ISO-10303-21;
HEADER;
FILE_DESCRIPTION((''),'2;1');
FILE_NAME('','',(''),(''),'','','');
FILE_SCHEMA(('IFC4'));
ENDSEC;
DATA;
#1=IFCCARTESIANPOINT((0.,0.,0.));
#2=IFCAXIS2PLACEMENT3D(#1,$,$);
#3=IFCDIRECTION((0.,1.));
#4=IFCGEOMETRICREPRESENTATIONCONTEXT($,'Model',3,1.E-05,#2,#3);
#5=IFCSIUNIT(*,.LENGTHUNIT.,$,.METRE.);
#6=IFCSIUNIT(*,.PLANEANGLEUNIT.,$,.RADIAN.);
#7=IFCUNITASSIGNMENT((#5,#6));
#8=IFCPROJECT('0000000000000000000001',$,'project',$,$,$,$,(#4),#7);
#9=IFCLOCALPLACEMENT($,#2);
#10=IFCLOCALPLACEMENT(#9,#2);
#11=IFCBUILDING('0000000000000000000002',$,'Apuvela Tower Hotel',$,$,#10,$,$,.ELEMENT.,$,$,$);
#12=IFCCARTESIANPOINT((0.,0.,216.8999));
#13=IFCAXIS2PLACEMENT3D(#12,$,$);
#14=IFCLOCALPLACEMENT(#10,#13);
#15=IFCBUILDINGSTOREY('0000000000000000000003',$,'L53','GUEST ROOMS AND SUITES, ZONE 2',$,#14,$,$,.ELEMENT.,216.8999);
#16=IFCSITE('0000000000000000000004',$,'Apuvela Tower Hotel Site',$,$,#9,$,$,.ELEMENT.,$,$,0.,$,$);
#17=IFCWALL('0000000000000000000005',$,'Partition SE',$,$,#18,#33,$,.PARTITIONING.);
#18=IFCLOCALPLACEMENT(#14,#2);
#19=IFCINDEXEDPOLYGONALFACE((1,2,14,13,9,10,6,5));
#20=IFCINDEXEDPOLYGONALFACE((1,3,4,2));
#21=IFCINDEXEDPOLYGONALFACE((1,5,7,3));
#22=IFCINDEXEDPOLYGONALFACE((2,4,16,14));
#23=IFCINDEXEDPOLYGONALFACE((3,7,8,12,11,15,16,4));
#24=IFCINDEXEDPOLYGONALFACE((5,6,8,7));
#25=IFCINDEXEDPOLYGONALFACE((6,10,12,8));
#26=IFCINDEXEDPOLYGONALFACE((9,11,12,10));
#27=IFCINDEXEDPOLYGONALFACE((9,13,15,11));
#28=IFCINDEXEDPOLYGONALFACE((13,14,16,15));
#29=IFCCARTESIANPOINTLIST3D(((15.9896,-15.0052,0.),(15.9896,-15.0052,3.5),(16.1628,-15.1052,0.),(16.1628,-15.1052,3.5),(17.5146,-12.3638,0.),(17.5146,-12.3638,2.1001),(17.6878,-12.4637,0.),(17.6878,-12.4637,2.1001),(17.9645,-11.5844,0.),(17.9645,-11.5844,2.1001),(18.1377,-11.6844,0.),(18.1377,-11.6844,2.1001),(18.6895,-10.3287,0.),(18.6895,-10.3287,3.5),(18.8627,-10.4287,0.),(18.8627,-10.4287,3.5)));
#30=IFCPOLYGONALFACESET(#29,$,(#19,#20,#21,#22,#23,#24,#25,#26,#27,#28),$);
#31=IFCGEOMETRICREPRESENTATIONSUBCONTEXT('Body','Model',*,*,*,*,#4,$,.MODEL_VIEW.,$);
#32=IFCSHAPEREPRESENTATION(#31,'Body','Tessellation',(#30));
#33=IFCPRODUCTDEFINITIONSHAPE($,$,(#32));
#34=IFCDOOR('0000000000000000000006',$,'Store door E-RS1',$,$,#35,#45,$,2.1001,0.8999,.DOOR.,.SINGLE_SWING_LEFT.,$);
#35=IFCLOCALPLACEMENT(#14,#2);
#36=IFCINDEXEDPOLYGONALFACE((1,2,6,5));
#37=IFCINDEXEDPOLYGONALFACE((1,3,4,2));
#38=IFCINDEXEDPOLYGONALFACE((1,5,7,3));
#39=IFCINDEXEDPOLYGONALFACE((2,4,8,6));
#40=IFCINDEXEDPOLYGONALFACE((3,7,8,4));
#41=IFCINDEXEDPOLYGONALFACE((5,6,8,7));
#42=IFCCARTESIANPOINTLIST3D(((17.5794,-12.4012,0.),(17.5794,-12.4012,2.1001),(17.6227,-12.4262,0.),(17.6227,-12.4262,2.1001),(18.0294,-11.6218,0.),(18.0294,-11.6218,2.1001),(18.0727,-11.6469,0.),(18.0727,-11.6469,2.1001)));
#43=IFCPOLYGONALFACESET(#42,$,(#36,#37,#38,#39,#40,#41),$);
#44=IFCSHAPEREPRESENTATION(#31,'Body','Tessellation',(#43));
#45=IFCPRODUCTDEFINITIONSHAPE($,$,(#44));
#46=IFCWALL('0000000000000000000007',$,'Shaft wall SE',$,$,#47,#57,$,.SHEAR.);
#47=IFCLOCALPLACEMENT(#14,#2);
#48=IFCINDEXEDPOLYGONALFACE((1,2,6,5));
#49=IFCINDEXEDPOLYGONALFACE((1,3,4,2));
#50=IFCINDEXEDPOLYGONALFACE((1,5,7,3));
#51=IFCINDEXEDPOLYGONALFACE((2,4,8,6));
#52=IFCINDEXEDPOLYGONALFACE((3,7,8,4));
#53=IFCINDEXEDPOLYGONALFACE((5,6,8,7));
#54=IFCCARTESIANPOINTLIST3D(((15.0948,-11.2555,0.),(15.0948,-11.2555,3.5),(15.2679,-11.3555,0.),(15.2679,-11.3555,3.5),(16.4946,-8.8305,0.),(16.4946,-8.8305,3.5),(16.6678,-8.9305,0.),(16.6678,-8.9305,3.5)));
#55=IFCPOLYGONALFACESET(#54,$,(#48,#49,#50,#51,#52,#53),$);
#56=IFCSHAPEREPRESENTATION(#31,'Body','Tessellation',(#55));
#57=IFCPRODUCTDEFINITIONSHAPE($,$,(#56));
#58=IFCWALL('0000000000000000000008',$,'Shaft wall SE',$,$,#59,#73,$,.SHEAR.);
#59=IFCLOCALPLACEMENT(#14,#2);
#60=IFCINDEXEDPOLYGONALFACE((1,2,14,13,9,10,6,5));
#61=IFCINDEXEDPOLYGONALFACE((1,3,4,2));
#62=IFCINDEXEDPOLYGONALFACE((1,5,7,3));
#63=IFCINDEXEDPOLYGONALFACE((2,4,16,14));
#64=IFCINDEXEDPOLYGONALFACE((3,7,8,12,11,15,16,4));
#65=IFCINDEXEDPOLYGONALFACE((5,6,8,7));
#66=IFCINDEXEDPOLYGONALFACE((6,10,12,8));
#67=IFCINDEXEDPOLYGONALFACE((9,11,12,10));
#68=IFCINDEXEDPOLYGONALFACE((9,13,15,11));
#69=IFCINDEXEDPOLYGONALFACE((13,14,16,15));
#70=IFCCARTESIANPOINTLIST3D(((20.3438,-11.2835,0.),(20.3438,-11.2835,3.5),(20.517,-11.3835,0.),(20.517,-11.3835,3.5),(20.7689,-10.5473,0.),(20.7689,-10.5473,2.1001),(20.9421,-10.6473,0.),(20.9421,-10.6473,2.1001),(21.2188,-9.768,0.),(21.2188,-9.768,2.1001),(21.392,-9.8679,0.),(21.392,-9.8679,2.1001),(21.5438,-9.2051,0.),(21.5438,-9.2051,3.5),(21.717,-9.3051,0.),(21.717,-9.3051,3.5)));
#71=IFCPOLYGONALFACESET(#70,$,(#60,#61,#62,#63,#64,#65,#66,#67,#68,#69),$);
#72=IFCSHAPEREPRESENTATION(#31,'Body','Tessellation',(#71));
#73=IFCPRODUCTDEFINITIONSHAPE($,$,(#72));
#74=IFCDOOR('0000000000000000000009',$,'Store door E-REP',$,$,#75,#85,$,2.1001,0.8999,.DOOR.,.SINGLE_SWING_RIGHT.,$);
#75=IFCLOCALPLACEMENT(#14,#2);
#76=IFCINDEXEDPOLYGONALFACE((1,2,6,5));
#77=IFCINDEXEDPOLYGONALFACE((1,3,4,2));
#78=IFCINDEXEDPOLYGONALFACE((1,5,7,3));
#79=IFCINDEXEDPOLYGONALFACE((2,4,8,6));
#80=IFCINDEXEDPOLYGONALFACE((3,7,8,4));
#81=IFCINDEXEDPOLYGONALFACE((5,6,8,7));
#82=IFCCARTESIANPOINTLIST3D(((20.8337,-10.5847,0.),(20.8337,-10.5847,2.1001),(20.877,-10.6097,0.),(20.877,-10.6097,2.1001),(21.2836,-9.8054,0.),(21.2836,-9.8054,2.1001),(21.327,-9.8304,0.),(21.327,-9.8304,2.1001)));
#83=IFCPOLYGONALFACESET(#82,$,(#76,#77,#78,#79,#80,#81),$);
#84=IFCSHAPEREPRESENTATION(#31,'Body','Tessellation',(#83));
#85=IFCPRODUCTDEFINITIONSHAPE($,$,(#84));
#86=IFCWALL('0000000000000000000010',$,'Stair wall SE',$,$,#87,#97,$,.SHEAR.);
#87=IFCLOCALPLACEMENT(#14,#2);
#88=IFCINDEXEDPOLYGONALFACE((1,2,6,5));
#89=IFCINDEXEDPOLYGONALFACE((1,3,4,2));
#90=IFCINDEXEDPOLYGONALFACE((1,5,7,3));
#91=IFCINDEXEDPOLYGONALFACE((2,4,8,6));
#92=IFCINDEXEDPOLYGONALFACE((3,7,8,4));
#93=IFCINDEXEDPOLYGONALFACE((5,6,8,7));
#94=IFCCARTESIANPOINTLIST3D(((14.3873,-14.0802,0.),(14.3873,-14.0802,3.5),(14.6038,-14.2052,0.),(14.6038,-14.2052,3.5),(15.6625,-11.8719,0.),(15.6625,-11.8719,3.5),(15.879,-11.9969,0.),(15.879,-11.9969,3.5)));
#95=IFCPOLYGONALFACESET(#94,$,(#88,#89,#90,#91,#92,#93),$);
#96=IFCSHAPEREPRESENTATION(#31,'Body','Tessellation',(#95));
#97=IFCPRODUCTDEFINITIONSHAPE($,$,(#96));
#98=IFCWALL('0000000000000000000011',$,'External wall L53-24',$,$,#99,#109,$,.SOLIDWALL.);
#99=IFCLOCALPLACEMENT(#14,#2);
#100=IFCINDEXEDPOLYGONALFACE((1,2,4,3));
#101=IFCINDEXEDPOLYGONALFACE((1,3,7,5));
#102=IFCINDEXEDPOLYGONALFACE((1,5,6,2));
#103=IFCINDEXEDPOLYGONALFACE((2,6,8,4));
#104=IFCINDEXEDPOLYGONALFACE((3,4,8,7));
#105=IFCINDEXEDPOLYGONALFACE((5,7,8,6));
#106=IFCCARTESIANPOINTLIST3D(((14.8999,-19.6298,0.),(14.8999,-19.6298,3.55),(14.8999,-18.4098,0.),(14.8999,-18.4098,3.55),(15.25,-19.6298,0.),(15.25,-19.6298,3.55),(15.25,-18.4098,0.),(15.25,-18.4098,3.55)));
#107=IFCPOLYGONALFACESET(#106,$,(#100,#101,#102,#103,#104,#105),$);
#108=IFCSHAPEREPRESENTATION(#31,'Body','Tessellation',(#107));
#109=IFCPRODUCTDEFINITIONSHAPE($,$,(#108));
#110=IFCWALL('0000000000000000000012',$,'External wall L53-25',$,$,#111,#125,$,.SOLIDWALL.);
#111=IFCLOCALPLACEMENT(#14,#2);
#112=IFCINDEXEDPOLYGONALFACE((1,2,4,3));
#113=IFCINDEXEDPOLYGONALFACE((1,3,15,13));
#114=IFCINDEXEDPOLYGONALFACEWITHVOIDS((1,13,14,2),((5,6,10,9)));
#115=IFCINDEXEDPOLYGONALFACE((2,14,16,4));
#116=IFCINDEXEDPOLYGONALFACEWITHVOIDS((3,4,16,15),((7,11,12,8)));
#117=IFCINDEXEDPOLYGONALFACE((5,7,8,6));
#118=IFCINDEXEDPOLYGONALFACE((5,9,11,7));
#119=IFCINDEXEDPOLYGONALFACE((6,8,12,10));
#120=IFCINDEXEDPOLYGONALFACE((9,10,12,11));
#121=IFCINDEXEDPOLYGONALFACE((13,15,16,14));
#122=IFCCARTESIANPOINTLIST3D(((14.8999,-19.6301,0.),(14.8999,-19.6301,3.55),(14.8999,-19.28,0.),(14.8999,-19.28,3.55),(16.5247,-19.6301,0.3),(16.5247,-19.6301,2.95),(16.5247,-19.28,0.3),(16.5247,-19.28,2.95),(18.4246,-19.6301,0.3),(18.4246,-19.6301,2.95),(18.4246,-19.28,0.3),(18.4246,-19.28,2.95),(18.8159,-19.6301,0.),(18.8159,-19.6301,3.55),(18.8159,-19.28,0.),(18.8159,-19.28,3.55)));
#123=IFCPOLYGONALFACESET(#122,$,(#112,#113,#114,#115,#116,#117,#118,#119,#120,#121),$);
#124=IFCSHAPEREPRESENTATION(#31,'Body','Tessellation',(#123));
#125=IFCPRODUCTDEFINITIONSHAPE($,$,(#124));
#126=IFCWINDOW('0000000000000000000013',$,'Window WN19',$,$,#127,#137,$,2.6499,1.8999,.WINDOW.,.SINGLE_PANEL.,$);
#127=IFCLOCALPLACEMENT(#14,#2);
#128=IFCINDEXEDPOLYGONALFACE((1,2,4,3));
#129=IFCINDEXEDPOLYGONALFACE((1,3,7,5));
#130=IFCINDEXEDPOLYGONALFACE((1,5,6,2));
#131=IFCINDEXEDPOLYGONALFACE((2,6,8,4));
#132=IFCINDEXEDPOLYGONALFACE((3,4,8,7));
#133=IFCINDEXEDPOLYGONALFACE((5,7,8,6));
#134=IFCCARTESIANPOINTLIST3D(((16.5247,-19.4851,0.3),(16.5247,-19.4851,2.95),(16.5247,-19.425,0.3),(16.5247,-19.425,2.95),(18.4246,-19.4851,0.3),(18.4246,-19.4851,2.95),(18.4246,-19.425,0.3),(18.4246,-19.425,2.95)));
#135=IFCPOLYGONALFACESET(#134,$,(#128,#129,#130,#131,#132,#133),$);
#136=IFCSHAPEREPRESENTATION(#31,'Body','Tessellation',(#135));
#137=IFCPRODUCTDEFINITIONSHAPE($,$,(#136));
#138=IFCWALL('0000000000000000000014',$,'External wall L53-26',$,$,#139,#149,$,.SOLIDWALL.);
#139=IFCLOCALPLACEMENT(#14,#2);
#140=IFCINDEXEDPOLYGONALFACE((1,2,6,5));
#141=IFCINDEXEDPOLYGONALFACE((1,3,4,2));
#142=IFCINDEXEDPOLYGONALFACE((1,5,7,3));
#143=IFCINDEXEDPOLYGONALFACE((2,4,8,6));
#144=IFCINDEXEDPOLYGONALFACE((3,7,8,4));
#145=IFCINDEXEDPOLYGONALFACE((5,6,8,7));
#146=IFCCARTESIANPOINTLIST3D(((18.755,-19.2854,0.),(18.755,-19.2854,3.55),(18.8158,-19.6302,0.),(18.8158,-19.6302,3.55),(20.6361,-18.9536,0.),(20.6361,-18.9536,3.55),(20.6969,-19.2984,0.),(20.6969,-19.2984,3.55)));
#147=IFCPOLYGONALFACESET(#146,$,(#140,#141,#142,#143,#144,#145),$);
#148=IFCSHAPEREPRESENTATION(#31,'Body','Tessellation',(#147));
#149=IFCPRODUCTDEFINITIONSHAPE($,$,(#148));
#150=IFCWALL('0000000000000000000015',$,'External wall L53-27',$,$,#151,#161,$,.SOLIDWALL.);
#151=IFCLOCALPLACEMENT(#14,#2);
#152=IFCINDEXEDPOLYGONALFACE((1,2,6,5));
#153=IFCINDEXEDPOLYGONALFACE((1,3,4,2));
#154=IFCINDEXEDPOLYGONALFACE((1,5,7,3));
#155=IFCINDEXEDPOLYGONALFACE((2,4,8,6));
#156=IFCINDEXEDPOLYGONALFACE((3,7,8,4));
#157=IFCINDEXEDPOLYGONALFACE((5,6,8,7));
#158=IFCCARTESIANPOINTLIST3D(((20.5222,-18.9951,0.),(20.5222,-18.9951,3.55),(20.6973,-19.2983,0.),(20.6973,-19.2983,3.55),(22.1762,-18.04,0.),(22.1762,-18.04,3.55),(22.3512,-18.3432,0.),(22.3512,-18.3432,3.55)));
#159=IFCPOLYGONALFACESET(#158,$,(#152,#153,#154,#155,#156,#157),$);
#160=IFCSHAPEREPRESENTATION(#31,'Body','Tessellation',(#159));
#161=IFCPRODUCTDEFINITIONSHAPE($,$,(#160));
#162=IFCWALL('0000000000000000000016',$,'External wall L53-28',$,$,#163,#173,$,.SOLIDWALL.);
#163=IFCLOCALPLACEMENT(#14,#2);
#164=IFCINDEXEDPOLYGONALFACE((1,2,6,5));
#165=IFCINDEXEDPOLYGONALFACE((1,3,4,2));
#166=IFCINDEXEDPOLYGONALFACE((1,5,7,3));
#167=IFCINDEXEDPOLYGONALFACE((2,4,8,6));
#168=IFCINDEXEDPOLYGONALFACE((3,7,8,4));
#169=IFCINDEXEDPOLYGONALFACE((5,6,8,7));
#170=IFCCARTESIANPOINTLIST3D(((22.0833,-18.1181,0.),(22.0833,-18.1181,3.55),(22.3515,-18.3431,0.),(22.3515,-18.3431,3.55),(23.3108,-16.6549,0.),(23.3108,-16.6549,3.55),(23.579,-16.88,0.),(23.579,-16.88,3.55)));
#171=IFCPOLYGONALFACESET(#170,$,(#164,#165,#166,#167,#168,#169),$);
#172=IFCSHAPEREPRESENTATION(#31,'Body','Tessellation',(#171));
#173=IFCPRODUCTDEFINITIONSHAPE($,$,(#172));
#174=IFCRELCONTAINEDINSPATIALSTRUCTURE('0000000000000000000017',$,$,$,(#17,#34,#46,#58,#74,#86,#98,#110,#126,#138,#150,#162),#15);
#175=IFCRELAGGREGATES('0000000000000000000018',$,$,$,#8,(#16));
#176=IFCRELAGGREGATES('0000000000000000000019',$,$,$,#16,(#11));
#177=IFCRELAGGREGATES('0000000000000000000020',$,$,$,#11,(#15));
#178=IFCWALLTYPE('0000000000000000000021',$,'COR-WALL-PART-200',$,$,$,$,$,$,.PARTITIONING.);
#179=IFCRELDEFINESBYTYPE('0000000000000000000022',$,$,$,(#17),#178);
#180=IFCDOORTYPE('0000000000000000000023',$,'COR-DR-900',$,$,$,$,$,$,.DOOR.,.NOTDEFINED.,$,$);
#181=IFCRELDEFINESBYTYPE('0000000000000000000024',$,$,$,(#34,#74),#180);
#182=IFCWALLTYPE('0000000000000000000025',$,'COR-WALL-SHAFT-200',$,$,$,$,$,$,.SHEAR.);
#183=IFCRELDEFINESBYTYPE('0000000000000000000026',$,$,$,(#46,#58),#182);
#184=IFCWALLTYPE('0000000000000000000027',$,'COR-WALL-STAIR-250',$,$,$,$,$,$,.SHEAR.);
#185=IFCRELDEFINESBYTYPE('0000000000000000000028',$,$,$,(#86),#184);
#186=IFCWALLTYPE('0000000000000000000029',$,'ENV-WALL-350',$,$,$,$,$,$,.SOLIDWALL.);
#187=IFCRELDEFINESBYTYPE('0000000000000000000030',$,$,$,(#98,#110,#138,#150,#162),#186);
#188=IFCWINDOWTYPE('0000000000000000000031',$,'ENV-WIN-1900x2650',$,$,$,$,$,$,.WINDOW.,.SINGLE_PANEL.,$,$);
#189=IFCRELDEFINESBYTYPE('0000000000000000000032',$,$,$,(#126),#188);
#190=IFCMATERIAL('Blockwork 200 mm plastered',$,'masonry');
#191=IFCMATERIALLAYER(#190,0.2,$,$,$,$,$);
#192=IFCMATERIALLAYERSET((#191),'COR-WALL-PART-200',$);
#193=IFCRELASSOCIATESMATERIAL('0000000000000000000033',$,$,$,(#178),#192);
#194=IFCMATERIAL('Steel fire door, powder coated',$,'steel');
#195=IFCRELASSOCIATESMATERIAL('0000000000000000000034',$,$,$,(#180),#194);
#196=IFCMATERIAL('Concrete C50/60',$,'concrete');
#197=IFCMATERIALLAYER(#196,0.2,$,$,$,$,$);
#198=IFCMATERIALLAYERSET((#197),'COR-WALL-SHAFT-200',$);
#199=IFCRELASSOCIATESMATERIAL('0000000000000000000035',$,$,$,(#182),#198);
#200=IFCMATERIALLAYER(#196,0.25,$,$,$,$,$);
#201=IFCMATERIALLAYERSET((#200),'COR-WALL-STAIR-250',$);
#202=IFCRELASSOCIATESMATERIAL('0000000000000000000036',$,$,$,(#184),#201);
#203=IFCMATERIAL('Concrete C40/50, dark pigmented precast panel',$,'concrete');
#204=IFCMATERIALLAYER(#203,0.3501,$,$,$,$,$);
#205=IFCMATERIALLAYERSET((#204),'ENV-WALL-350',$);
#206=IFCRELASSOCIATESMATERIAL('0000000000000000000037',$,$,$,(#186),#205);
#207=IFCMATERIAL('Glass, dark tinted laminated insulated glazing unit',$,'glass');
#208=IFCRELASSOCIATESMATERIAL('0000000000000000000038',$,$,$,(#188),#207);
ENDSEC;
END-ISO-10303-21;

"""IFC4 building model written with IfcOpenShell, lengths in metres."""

from ifc_helpers import new_model, si_unit, direction, frame, frame_2d, origin, place, context, subcontext, project, spatial, rectangle, extrude, material, layer, layer_set, type_object, element, fill, save


model = new_model("IFC4")

# Units and contexts
model_context = context("Model", 3, precision=1e-05, world=origin(), true_north=direction((0.0, 1.0)))
body_context = subcontext(model_context, "Body", "Model", "MODEL_VIEW")
ifc_project = project(units=[si_unit("LENGTHUNIT", "METRE"), si_unit("PLANEANGLEUNIT", "RADIAN")], contexts=[model_context])

# Site, building, storey
site_placement = place(None, origin())
site = spatial("IfcSite", under=ifc_project, at=site_placement, Name="Apuvela Tower Hotel Site", CompositionType="ELEMENT", RefElevation=0.0)
building_placement = place(site_placement, origin())
building = spatial("IfcBuilding", under=site, at=building_placement, Name="Apuvela Tower Hotel", CompositionType="ELEMENT")
storey_placement = place(building_placement, frame((0.0, 0.0, 216.8999)))
storey = spatial("IfcBuildingStorey", under=building, at=storey_placement, Name="L53", Description="GUEST ROOMS AND SUITES, ZONE 2", CompositionType="ELEMENT", Elevation=216.8999)

# Wall, opening, door
ifc_material_1 = material(Name="Blockwork 200 mm plastered", Category="masonry")
ifc_layer_1 = layer(ifc_material_1, 0.2)
ifc_layer_set_1 = layer_set([ifc_layer_1], Name="COR-WALL-PART-200")
wall_type_1 = type_object("IfcWallType", Name="COR-WALL-PART-200", PredefinedType="PARTITIONING", material=ifc_layer_set_1)
wall_1_placement = place(storey_placement, frame((16.0762, -15.0552, 0.0), z_axis=(0.0, 0.0, 1.0), x_axis=(0.499995, 0.866028, 0.0)))
wall_1 = element("IfcWall", 1, at=wall_1_placement, inside=storey, type_object=wall_type_1, Name="Partition SE", PredefinedType="PARTITIONING", context=body_context, shape_type="SweptSolid", body=[
    extrude(rectangle(XDim=5.3999, YDim=0.2, at=frame_2d((2.7, 0.0))), origin(), (0.0, 0.0, 1.0), 3.5),
])
opening_1_placement = place(wall_1_placement, frame((3.05, 0.0, 0.0)))
opening_1 = element("IfcOpeningElement", 2, at=opening_1_placement, cuts=wall_1, PredefinedType="OPENING", context=body_context, shape_type="SweptSolid", body=[
    extrude(rectangle(XDim=0.8999, YDim=2.1001, at=frame_2d((0.45, 1.05))), frame((0.0, 0.1099, 0.0), z_axis=(0.0, -1.0, 0.0), x_axis=(1.0, 0.0, 0.0)), (0.0, 0.0, 1.0), 0.22),
])
ifc_material_2 = material(Name="Steel fire door, powder coated", Category="steel")
door_type_1 = type_object("IfcDoorType", Name="COR-DR-900", OperationType="NOTDEFINED", PredefinedType="DOOR", material=ifc_material_2)
door_1_placement = place(opening_1_placement, frame((0.8999, 0.0, 0.0), z_axis=(0.0, 0.0, 1.0), x_axis=(-1.0, 0.0, 0.0)))
door_1 = element("IfcDoor", 3, at=door_1_placement, inside=storey, type_object=door_type_1, Name="Store door E-RS1", OperationType="SINGLE_SWING_LEFT", OverallHeight=2.1001, OverallWidth=0.8999, PredefinedType="DOOR", context=body_context, shape_type="SweptSolid", body=[
    extrude(rectangle(XDim=0.8999, YDim=2.1001, at=frame_2d((0.45, 1.05))), frame((0.0, 0.0249, 0.0), z_axis=(0.0, -1.0, 0.0), x_axis=(1.0, 0.0, 0.0)), (0.0, 0.0, 1.0), 0.05),
])
fill(opening_1, door_1)

# Wall
ifc_material_3 = material(Name="Concrete C50/60", Category="concrete")
ifc_layer_2 = layer(ifc_material_3, 0.2)
ifc_layer_set_2 = layer_set([ifc_layer_2], Name="COR-WALL-SHAFT-200")
wall_type_2 = type_object("IfcWallType", Name="COR-WALL-SHAFT-200", PredefinedType="SHEAR", material=ifc_layer_set_2)
wall_2_placement = place(storey_placement, frame((15.1814, -11.3054, 0.0), z_axis=(0.0, 0.0, 1.0), x_axis=(0.499946, 0.866056, 0.0)))
element("IfcWall", 4, at=wall_2_placement, inside=storey, type_object=wall_type_2, Name="Shaft wall SE", PredefinedType="SHEAR", context=body_context, shape_type="SweptSolid", body=[
    extrude(rectangle(XDim=2.8, YDim=0.2, at=frame_2d((1.3999, 0.0))), origin(), (0.0, 0.0, 1.0), 3.5),
])

# Wall, opening, door
wall_3_placement = place(storey_placement, frame((20.4304, -11.3335, 0.0), z_axis=(0.0, 0.0, 1.0), x_axis=(0.500001, 0.866025, 0.0)))
wall_3 = element("IfcWall", 5, at=wall_3_placement, inside=storey, type_object=wall_type_2, Name="Shaft wall SE", PredefinedType="SHEAR", context=body_context, shape_type="SweptSolid", body=[
    extrude(rectangle(XDim=2.3999, YDim=0.2, at=frame_2d((1.2, 0.0))), origin(), (0.0, 0.0, 1.0), 3.5),
])
opening_2_placement = place(wall_3_placement, frame((0.8501, 0.0, 0.0)))
opening_2 = element("IfcOpeningElement", 6, at=opening_2_placement, cuts=wall_3, PredefinedType="OPENING", context=body_context, shape_type="SweptSolid", body=[
    extrude(rectangle(XDim=0.8999, YDim=2.1001, at=frame_2d((0.45, 1.05))), frame((0.0, 0.1099, 0.0), z_axis=(0.0, -1.0, 0.0), x_axis=(1.0, 0.0, 0.0)), (0.0, 0.0, 1.0), 0.22),
])
door_2_placement = place(opening_2_placement, frame((0.8999, 0.0, 0.0), z_axis=(0.0, 0.0, 1.0), x_axis=(-1.0, 0.0, 0.0)))
door_2 = element("IfcDoor", 7, at=door_2_placement, inside=storey, type_object=door_type_1, Name="Store door E-REP", OperationType="SINGLE_SWING_RIGHT", OverallHeight=2.1001, OverallWidth=0.8999, PredefinedType="DOOR", context=body_context, shape_type="SweptSolid", body=[
    extrude(rectangle(XDim=0.8999, YDim=2.1001, at=frame_2d((0.45, 1.05))), frame((0.0, 0.0249, 0.0), z_axis=(0.0, -1.0, 0.0), x_axis=(1.0, 0.0, 0.0)), (0.0, 0.0, 1.0), 0.05),
])
fill(opening_2, door_2)

# Walls
ifc_layer_3 = layer(ifc_material_3, 0.25)
ifc_layer_set_3 = layer_set([ifc_layer_3], Name="COR-WALL-STAIR-250")
wall_type_3 = type_object("IfcWallType", Name="COR-WALL-STAIR-250", PredefinedType="SHEAR", material=ifc_layer_set_3)
wall_4_placement = place(storey_placement, frame((14.4956, -14.1426, 0.0), z_axis=(0.0, 0.0, 1.0), x_axis=(0.500062, 0.865989, 0.0)))
element("IfcWall", 8, at=wall_4_placement, inside=storey, type_object=wall_type_3, Name="Stair wall SE", PredefinedType="SHEAR", context=body_context, shape_type="SweptSolid", body=[
    extrude(rectangle(XDim=2.55, YDim=0.25, at=frame_2d((1.2749, 0.0))), origin(), (0.0, 0.0, 1.0), 3.5),
])
ifc_material_4 = material(Name="Concrete C40/50, dark pigmented precast panel", Category="concrete")
ifc_layer_4 = layer(ifc_material_4, 0.3501)
ifc_layer_set_4 = layer_set([ifc_layer_4], Name="ENV-WALL-350")
wall_type_4 = type_object("IfcWallType", Name="ENV-WALL-350", PredefinedType="SOLIDWALL", material=ifc_layer_set_4)
wall_5_placement = place(storey_placement, frame((15.075, -18.4099, 0.0), z_axis=(0.0, 0.0, 1.0), x_axis=(0.0, -1.0, 0.0)))
element("IfcWall", 9, at=wall_5_placement, inside=storey, type_object=wall_type_4, Name="External wall L53-24", PredefinedType="SOLIDWALL", context=body_context, shape_type="SweptSolid", body=[
    extrude(rectangle(XDim=1.22, YDim=0.3501, at=frame_2d((0.6099, 0.0))), origin(), (0.0, 0.0, 1.0), 3.55),
])

# Wall, opening, window
wall_6_placement = place(storey_placement, frame((14.8999, -19.4551, 0.0), z_axis=(0.0, 0.0, 1.0), x_axis=(1.0, 0.0, 0.0)))
wall_6 = element("IfcWall", 10, at=wall_6_placement, inside=storey, type_object=wall_type_4, Name="External wall L53-25", PredefinedType="SOLIDWALL", context=body_context, shape_type="SweptSolid", body=[
    extrude(rectangle(XDim=3.916, YDim=0.3501, at=frame_2d((1.958, 0.0))), origin(), (0.0, 0.0, 1.0), 3.55),
])
opening_3_placement = place(wall_6_placement, frame((1.6248, 0.0, 0.3)))
opening_3 = element("IfcOpeningElement", 11, at=opening_3_placement, cuts=wall_6, PredefinedType="OPENING", context=body_context, shape_type="SweptSolid", body=[
    extrude(rectangle(XDim=1.8999, YDim=2.6499, at=frame_2d((0.95, 1.325))), frame((0.0, 0.1851, 0.0), z_axis=(0.0, -1.0, 0.0), x_axis=(1.0, 0.0, 0.0)), (0.0, 0.0, 1.0), 0.3701),
])
ifc_material_5 = material(Name="Glass, dark tinted laminated insulated glazing unit", Category="glass")
window_type = type_object("IfcWindowType", Name="ENV-WIN-1900x2650", PartitioningType="SINGLE_PANEL", PredefinedType="WINDOW", material=ifc_material_5)
window_placement = place(opening_3_placement, origin())
window = element("IfcWindow", 12, at=window_placement, inside=storey, type_object=window_type, Name="Window WN19", OverallHeight=2.6499, OverallWidth=1.8999, PartitioningType="SINGLE_PANEL", PredefinedType="WINDOW", context=body_context, shape_type="SweptSolid", body=[
    extrude(rectangle(XDim=1.8999, YDim=2.6499, at=frame_2d((0.95, 1.325))), frame((0.0, 0.03, 0.0), z_axis=(0.0, -1.0, 0.0), x_axis=(1.0, 0.0, 0.0)), (0.0, 0.0, 1.0), 0.0601),
])
fill(opening_3, window)

# Walls
wall_7_placement = place(storey_placement, frame((18.7854, -19.4578, 0.0), z_axis=(0.0, 0.0, 1.0), x_axis=(0.984799, 0.173698, 0.0)))
element("IfcWall", 13, at=wall_7_placement, inside=storey, type_object=wall_type_4, Name="External wall L53-26", PredefinedType="SOLIDWALL", context=body_context, shape_type="SweptSolid", body=[
    extrude(rectangle(XDim=1.9102, YDim=0.3501, at=frame_2d((0.9551, 0.0))), origin(), (0.0, 0.0, 1.0), 3.55),
])
for number, where, z_axis, x_axis, name in (
    (14, (20.6096, -19.1467, 0.0), (0.0, 0.0, 1.0), (0.866, 0.500043, 0.0), "External wall L53-27"),
    (15, (22.2173, -18.2307, 0.0), (0.0, 0.0, 1.0), (0.642733, 0.76609, 0.0), "External wall L53-28"),
):
    element("IfcWall", number, at=place(storey_placement, frame(where, z_axis=z_axis, x_axis=x_axis)), inside=storey, type_object=wall_type_4, Name=name, PredefinedType="SOLIDWALL", context=body_context, shape_type="SweptSolid", body=[
        extrude(rectangle(XDim=1.9099, YDim=0.3501, at=frame_2d((0.9551, 0.0))), origin(), (0.0, 0.0, 1.0), 3.55),
    ])

save(model, "model.ifc")
